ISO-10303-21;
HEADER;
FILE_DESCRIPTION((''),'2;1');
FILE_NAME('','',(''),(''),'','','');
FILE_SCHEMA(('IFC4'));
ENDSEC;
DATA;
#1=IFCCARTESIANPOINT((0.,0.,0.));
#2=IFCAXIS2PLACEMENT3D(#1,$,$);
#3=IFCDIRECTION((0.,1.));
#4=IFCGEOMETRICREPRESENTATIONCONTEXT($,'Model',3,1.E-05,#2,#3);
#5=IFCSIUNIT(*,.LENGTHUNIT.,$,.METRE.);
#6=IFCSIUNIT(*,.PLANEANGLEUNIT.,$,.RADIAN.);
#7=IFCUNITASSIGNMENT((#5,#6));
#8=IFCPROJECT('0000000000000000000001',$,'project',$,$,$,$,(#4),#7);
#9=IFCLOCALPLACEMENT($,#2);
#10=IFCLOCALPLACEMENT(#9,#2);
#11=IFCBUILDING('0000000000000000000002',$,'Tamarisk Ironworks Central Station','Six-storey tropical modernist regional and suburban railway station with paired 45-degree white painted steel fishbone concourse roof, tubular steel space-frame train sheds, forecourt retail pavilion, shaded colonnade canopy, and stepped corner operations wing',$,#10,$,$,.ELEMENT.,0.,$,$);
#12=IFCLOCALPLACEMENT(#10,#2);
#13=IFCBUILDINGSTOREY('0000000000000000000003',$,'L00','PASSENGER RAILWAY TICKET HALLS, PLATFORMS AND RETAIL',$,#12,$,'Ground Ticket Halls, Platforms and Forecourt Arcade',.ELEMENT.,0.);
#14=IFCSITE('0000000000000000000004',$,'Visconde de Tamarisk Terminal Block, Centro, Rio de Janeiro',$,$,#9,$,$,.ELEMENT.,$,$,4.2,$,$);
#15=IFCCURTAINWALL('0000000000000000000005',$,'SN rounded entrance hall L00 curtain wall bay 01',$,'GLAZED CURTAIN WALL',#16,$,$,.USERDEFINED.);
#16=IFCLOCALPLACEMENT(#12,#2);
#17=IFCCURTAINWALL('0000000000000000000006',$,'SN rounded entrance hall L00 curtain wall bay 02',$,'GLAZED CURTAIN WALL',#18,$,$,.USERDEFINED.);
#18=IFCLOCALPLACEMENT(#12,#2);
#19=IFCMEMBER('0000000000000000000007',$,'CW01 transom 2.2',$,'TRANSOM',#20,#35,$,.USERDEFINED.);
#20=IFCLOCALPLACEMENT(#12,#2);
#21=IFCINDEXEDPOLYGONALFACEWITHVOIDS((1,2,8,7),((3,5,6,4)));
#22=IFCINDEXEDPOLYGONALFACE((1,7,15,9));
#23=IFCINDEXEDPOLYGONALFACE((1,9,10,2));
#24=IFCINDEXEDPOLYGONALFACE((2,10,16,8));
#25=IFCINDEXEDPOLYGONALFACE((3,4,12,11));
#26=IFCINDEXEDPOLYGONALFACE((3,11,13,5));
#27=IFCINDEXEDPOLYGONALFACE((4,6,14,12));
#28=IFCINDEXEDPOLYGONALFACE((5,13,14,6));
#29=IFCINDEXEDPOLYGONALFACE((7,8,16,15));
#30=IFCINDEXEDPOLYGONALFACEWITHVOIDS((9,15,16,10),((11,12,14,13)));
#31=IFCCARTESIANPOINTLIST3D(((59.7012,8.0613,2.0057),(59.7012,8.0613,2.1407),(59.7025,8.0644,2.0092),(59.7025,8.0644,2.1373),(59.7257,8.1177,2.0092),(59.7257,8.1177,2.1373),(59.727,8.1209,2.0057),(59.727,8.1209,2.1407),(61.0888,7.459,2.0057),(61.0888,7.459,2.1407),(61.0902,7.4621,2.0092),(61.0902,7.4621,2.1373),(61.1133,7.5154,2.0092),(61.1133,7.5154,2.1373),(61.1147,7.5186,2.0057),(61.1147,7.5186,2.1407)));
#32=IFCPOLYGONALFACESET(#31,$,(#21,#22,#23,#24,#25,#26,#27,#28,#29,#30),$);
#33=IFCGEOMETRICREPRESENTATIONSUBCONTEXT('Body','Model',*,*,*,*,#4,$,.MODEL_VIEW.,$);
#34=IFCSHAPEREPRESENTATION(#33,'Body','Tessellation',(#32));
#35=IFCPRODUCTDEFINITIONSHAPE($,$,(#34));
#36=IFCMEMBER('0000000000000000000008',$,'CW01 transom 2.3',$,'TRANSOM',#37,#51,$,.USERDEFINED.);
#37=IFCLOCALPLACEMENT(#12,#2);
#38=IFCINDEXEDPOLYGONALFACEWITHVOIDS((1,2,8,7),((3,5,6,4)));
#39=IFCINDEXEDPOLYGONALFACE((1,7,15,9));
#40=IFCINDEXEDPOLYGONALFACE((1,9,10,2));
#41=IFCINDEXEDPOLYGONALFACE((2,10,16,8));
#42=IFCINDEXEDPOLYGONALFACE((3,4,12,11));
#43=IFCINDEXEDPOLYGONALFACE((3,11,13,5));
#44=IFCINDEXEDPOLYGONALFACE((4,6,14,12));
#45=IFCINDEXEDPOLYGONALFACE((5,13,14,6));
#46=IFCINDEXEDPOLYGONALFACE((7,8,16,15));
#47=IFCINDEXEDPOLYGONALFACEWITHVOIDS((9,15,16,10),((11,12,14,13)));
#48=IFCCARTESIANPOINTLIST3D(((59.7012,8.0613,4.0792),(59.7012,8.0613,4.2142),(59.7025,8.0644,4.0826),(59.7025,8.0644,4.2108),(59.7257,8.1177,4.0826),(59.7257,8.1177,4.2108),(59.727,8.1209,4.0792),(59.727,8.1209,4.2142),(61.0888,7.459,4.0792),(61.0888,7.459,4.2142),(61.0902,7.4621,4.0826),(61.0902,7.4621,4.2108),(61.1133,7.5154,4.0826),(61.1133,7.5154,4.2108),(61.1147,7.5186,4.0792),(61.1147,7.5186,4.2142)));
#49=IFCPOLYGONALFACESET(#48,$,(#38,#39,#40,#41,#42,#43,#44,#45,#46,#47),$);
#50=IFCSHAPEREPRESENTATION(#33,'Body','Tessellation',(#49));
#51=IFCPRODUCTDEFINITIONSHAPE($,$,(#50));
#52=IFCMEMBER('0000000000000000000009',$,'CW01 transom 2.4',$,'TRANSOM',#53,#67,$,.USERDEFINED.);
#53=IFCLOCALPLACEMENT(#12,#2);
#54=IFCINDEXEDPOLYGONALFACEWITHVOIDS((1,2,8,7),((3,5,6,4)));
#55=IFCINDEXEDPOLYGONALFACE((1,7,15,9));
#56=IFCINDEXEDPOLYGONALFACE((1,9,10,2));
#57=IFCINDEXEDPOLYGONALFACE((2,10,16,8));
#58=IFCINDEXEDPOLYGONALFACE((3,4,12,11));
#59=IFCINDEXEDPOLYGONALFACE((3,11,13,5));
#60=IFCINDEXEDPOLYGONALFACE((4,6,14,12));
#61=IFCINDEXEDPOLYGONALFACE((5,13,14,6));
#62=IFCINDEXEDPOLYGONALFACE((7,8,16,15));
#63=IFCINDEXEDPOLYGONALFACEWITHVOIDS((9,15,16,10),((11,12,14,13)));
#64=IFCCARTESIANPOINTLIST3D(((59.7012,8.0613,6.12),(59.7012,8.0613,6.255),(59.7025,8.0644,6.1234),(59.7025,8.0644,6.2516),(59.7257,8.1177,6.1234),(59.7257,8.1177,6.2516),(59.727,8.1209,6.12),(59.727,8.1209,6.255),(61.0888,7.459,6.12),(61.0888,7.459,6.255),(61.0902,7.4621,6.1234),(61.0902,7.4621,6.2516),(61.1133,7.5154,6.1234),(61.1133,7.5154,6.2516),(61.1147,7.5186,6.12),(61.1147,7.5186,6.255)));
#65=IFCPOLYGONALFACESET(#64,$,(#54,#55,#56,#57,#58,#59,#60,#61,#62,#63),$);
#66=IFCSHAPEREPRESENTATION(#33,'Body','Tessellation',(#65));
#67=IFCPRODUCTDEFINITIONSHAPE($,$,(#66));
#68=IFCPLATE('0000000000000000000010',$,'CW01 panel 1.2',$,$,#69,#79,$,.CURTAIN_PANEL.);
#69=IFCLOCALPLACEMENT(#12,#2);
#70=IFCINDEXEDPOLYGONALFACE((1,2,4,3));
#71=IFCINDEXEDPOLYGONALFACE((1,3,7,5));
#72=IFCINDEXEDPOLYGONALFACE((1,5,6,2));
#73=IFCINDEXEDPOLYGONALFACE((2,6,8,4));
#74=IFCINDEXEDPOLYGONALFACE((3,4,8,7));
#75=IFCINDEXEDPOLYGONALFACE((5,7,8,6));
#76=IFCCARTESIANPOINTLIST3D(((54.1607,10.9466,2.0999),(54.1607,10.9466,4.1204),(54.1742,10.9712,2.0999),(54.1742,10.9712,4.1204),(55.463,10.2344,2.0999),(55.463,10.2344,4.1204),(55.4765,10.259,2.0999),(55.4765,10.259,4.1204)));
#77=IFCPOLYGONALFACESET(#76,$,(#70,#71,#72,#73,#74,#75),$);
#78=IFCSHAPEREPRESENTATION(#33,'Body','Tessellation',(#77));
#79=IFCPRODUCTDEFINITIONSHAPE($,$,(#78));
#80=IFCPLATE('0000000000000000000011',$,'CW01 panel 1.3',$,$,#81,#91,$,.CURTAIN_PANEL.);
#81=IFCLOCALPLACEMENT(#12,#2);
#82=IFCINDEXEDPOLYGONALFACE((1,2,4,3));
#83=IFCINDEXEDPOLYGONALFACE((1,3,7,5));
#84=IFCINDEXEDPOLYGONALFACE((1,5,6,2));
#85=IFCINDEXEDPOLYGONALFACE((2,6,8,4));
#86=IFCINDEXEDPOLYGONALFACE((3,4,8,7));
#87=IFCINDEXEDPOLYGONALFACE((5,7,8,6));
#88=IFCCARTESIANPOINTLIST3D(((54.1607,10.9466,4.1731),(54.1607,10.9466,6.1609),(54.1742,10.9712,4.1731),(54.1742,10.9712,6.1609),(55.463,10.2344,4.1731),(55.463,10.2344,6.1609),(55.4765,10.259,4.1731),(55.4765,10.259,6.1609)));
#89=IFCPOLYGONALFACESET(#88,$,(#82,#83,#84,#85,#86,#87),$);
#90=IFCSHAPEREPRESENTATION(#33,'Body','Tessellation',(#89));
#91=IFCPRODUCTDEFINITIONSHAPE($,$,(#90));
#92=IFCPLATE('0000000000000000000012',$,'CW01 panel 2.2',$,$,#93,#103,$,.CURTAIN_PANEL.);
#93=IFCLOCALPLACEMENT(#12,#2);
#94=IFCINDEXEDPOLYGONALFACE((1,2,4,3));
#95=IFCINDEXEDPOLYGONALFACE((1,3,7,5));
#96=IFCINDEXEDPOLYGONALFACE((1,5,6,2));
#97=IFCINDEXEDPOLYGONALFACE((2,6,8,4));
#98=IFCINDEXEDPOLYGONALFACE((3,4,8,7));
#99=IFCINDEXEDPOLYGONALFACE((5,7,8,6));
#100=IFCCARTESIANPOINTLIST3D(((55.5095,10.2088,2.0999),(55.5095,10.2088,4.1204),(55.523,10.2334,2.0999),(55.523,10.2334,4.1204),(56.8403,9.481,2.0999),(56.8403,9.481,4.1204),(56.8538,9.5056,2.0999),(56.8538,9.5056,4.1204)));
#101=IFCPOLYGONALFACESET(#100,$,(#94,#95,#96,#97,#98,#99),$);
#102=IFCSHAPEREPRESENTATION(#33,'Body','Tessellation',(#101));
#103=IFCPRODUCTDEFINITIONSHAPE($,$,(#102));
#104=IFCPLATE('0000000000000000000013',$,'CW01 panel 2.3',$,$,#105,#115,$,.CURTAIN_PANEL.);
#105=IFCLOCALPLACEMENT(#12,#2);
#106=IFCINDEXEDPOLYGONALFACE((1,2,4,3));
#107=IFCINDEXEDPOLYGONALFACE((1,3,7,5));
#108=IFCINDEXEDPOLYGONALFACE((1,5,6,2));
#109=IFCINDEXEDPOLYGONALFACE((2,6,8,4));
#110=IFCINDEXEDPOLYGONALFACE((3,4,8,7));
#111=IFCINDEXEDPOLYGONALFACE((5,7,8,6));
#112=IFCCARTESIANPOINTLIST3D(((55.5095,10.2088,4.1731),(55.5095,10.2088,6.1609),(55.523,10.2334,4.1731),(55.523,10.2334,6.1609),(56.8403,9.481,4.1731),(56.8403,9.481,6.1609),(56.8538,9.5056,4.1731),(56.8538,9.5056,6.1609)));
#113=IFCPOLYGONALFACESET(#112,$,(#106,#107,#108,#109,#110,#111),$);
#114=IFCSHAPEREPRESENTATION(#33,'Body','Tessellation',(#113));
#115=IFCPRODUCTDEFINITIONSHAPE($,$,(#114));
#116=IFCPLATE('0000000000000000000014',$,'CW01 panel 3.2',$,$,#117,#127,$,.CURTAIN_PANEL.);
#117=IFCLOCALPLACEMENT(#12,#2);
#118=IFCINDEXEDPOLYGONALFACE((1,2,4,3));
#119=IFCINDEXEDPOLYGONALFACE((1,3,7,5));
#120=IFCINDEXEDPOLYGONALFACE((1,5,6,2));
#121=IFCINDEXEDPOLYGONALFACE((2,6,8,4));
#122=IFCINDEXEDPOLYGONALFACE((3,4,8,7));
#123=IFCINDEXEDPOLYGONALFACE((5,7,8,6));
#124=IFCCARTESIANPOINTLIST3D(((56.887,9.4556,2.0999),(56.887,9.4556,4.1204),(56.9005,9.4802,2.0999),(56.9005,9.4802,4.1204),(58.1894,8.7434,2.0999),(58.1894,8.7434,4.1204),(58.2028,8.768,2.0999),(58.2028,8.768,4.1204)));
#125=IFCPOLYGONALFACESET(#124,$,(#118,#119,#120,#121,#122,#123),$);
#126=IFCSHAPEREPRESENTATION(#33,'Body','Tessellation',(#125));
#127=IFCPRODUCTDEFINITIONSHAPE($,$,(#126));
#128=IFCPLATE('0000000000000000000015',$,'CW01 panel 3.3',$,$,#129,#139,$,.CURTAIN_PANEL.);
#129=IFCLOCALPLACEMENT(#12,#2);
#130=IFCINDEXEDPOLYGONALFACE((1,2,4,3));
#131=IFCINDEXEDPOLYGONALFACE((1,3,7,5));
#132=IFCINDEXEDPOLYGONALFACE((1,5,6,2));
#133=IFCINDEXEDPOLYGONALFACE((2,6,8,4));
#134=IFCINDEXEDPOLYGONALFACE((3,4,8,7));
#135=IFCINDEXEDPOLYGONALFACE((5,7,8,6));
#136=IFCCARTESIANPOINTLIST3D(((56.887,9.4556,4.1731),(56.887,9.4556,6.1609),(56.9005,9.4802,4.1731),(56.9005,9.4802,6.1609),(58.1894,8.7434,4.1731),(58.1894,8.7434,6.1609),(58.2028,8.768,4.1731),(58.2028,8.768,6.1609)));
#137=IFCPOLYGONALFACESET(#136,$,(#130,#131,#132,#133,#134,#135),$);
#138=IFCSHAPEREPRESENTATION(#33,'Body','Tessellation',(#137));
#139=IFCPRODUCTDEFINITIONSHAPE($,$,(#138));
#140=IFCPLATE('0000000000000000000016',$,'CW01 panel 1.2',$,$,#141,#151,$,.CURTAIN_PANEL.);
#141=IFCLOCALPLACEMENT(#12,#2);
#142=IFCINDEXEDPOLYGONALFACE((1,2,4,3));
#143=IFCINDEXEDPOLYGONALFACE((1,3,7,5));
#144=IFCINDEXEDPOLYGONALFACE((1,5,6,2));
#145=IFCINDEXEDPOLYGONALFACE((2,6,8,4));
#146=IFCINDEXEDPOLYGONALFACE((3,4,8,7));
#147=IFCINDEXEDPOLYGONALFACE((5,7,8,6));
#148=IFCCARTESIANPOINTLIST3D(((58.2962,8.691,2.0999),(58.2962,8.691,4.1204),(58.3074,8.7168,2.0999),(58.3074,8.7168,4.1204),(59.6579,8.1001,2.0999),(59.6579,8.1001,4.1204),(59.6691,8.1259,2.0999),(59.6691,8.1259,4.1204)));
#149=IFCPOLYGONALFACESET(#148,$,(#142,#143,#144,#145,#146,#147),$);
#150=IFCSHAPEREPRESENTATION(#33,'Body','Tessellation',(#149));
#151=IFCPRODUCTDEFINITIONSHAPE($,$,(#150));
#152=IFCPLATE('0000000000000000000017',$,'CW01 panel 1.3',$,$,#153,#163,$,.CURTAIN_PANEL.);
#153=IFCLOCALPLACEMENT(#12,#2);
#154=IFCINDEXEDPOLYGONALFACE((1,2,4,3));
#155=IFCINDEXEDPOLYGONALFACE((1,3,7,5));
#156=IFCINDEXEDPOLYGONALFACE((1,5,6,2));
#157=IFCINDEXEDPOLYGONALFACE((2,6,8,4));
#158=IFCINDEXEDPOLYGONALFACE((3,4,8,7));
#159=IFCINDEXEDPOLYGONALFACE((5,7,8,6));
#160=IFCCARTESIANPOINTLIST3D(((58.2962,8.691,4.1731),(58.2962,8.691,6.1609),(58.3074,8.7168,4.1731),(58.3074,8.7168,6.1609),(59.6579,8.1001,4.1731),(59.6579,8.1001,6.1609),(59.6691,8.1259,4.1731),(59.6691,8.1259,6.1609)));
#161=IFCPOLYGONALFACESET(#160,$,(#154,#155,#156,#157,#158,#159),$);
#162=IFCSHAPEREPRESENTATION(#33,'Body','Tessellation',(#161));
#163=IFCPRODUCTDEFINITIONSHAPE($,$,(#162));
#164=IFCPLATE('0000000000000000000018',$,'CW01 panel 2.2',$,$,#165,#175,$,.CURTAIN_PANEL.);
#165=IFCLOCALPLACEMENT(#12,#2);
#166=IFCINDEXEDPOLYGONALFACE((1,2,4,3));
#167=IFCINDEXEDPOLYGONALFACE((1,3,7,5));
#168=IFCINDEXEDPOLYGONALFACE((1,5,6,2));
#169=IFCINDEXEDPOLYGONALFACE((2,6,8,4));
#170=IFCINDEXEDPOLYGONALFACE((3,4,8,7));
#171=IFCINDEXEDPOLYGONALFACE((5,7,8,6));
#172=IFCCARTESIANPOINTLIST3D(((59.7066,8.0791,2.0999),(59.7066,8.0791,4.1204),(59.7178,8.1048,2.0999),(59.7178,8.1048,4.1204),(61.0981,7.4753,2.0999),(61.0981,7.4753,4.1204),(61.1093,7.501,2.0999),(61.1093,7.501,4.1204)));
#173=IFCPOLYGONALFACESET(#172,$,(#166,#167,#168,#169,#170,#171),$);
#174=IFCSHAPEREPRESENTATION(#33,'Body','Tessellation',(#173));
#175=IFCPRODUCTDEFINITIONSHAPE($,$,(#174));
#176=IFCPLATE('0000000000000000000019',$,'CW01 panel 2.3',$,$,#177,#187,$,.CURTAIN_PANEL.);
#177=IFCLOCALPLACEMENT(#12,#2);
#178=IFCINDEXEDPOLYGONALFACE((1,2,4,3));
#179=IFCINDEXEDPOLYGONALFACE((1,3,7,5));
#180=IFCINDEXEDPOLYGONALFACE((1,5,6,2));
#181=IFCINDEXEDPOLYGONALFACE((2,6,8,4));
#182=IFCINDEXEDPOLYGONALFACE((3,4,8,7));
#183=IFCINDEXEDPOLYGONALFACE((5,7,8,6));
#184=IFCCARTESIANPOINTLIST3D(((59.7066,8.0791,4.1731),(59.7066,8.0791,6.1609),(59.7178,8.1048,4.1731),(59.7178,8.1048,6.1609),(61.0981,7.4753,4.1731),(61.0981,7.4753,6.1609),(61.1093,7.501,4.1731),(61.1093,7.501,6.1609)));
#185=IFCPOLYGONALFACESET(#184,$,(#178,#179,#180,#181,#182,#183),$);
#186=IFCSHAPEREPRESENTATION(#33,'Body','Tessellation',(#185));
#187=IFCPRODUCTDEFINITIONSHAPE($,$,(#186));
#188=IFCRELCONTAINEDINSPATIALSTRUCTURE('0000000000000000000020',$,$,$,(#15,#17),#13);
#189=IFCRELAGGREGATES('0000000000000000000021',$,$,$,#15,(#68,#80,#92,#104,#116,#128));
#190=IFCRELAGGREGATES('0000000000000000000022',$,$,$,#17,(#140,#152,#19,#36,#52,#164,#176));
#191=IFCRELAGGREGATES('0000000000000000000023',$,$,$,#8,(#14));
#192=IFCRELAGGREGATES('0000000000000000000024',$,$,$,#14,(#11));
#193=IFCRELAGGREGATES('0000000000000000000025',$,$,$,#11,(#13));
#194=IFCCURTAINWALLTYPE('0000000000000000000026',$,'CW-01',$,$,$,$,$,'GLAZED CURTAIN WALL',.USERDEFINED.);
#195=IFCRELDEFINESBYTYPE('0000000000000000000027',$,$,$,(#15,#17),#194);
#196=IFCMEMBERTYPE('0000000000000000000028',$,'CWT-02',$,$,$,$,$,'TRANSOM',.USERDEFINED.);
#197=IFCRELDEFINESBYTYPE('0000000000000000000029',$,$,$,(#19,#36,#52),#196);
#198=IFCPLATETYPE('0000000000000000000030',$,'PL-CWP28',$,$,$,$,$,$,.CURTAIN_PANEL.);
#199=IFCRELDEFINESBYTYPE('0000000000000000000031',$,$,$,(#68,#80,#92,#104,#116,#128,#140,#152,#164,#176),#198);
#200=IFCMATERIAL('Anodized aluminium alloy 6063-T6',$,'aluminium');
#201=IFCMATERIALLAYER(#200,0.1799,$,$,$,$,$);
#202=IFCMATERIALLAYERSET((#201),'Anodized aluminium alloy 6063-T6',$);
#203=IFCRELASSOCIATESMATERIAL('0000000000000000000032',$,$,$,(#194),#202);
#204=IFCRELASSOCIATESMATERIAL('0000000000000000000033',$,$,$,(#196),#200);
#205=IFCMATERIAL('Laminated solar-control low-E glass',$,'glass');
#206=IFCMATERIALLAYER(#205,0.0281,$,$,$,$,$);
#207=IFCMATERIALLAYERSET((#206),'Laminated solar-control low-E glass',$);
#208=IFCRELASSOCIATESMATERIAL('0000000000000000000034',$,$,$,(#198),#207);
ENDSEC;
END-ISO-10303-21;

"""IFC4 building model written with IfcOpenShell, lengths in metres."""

from ifc_helpers import new_model, si_unit, direction, frame, origin, origin_2d, place, context, subcontext, project, spatial, rectangle, hollow_rectangle, extrude, material, layer, layer_set, material_profile, profile_set, type_object, element, aggregate, save


model = new_model("IFC4")

# Units and contexts
model_context = context("Model", 3, precision=1e-05, world=origin(), true_north=direction((0.0, 1.0)))
body_context = subcontext(model_context, "Body", "Model", "MODEL_VIEW")
ifc_project = project(units=[si_unit("LENGTHUNIT", "METRE"), si_unit("PLANEANGLEUNIT", "RADIAN")], contexts=[model_context])

# Site, building, storey
site_placement = place(None, origin())
site = spatial("IfcSite", under=ifc_project, at=site_placement, Name="Visconde de Tamarisk Terminal Block, Centro, Rio de Janeiro", CompositionType="ELEMENT", RefElevation=4.2)
building_placement = place(site_placement, origin())
building = spatial("IfcBuilding", under=site, at=building_placement, Name="Tamarisk Ironworks Central Station", Description="Six-storey tropical modernist regional and suburban railway station with paired 45-degree white painted steel fishbone concourse roof, tubular steel space-frame train sheds, forecourt retail pavilion, shaded colonnade canopy, and stepped corner operations wing", CompositionType="ELEMENT", ElevationOfRefHeight=0.0)
storey_placement = place(building_placement, origin())
storey = spatial("IfcBuildingStorey", under=building, at=storey_placement, Name="L00", Description="PASSENGER RAILWAY TICKET HALLS, PLATFORMS AND RETAIL", LongName="Ground Ticket Halls, Platforms and Forecourt Arcade", CompositionType="ELEMENT", Elevation=0.0)

# Curtain walls, members
ifc_material_1 = material(Name="Anodized aluminium alloy 6063-T6", Category="aluminium")
ifc_layer_1 = layer(ifc_material_1, 0.1799)
ifc_layer_set_1 = layer_set([ifc_layer_1], Name="Anodized aluminium alloy 6063-T6")
curtain_wall_type = type_object("IfcCurtainWallType", Name="CW-01", ElementType="GLAZED CURTAIN WALL", PredefinedType="USERDEFINED", material=ifc_layer_set_1)
curtain_wall_1_placement = place(storey_placement, origin())
curtain_wall_1 = element("IfcCurtainWall", 1, at=curtain_wall_1_placement, inside=storey, type_object=curtain_wall_type, Name="SN rounded entrance hall L00 curtain wall bay 01", ObjectType="GLAZED CURTAIN WALL", PredefinedType="USERDEFINED")
ifc_material_profile = material_profile(ifc_material_1, hollow_rectangle(XDim=0.0649, YDim=0.135, WallThickness=0.0034, at=origin_2d()), Name="ALUM 135x65")
ifc_profile_set = profile_set([ifc_material_profile], Name="Anodized aluminium alloy 6063-T6")
member_type = type_object("IfcMemberType", Name="CWT-02", ElementType="TRANSOM", PredefinedType="USERDEFINED", material=ifc_profile_set)
curtain_wall_2_placement = place(storey_placement, origin())
curtain_wall_2 = element("IfcCurtainWall", 2, at=curtain_wall_2_placement, inside=storey, type_object=curtain_wall_type, Name="SN rounded entrance hall L00 curtain wall bay 02", ObjectType="GLAZED CURTAIN WALL", PredefinedType="USERDEFINED")
member_1_placement = place(storey_placement, frame((59.7141, 8.0911, 2.0732), z_axis=(0.917324, -0.398142, 0.0), x_axis=(0.398142, 0.917324, 0.0)))
member_1 = element("IfcMember", 3, at=member_1_placement, type_object=member_type, Name="CW01 transom 2.2", ObjectType="TRANSOM", PredefinedType="USERDEFINED", context=body_context, shape_type="SweptSolid", body=[
    extrude(hollow_rectangle(XDim=0.0649, YDim=0.135, WallThickness=0.0034, at=origin_2d()), origin(), (0.0, 0.0, 1.0), 1.5127),
])
member_2_placement = place(storey_placement, frame((59.7141, 8.0911, 4.1467), z_axis=(0.917324, -0.398142, 0.0), x_axis=(0.398142, 0.917324, 0.0)))
member_2 = element("IfcMember", 4, at=member_2_placement, type_object=member_type, Name="CW01 transom 2.3", ObjectType="TRANSOM", PredefinedType="USERDEFINED", context=body_context, shape_type="SweptSolid", body=[
    extrude(hollow_rectangle(XDim=0.0649, YDim=0.135, WallThickness=0.0034, at=origin_2d()), origin(), (0.0, 0.0, 1.0), 1.5127),
])
member_3_placement = place(storey_placement, frame((59.7141, 8.0911, 6.1875), z_axis=(0.917324, -0.398142, 0.0), x_axis=(0.398142, 0.917324, 0.0)))
member_3 = element("IfcMember", 5, at=member_3_placement, type_object=member_type, Name="CW01 transom 2.4", ObjectType="TRANSOM", PredefinedType="USERDEFINED", context=body_context, shape_type="SweptSolid", body=[
    extrude(hollow_rectangle(XDim=0.0649, YDim=0.135, WallThickness=0.0034, at=origin_2d()), origin(), (0.0, 0.0, 1.0), 1.5127),
])

# Plates
ifc_material_2 = material(Name="Laminated solar-control low-E glass", Category="glass")
ifc_layer_2 = layer(ifc_material_2, 0.0281)
ifc_layer_set_2 = layer_set([ifc_layer_2], Name="Laminated solar-control low-E glass")
plate_type = type_object("IfcPlateType", Name="PL-CWP28", PredefinedType="CURTAIN_PANEL", material=ifc_layer_set_2)
plate_1_placement = place(storey_placement, frame((54.8186, 10.6028, 2.0999), z_axis=(0.0, 0.0, 1.0), x_axis=(0.877375, -0.479805, 0.0)))
plate_1 = element("IfcPlate", 6, at=plate_1_placement, type_object=plate_type, Name="CW01 panel 1.2", PredefinedType="CURTAIN_PANEL", context=body_context, shape_type="SweptSolid", body=[
    extrude(rectangle(XDim=1.4844, YDim=0.0281, at=origin_2d()), origin(), (0.0, 0.0, 1.0), 2.0205),
])
plate_2_placement = place(storey_placement, frame((54.8186, 10.6028, 4.1731), z_axis=(0.0, 0.0, 1.0), x_axis=(0.877375, -0.479805, 0.0)))
plate_2 = element("IfcPlate", 7, at=plate_2_placement, type_object=plate_type, Name="CW01 panel 1.3", PredefinedType="CURTAIN_PANEL", context=body_context, shape_type="SweptSolid", body=[
    extrude(rectangle(XDim=1.4844, YDim=0.0281, at=origin_2d()), origin(), (0.0, 0.0, 1.0), 1.9878),
])
plate_3_placement = place(storey_placement, frame((56.1816, 9.8572, 2.0999), z_axis=(0.0, 0.0, 1.0), x_axis=(0.877375, -0.479805, 0.0)))
plate_3 = element("IfcPlate", 8, at=plate_3_placement, type_object=plate_type, Name="CW01 panel 2.2", PredefinedType="CURTAIN_PANEL", context=body_context, shape_type="SweptSolid", body=[
    extrude(rectangle(XDim=1.5168, YDim=0.0281, at=origin_2d()), origin(), (0.0, 0.0, 1.0), 2.0205),
])
plate_4_placement = place(storey_placement, frame((56.1816, 9.8572, 4.1731), z_axis=(0.0, 0.0, 1.0), x_axis=(0.877375, -0.479805, 0.0)))
plate_4 = element("IfcPlate", 9, at=plate_4_placement, type_object=plate_type, Name="CW01 panel 2.3", PredefinedType="CURTAIN_PANEL", context=body_context, shape_type="SweptSolid", body=[
    extrude(rectangle(XDim=1.5168, YDim=0.0281, at=origin_2d()), origin(), (0.0, 0.0, 1.0), 1.9878),
])
plate_5_placement = place(storey_placement, frame((57.5449, 9.1118, 2.0999), z_axis=(0.0, 0.0, 1.0), x_axis=(0.877375, -0.479805, 0.0)))
plate_5 = element("IfcPlate", 10, at=plate_5_placement, type_object=plate_type, Name="CW01 panel 3.2", PredefinedType="CURTAIN_PANEL", context=body_context, shape_type="SweptSolid", body=[
    extrude(rectangle(XDim=1.4844, YDim=0.0281, at=origin_2d()), origin(), (0.0, 0.0, 1.0), 2.0205),
])
plate_6_placement = place(storey_placement, frame((57.5449, 9.1118, 4.1731), z_axis=(0.0, 0.0, 1.0), x_axis=(0.877375, -0.479805, 0.0)))
plate_6 = element("IfcPlate", 11, at=plate_6_placement, type_object=plate_type, Name="CW01 panel 3.3", PredefinedType="CURTAIN_PANEL", context=body_context, shape_type="SweptSolid", body=[
    extrude(rectangle(XDim=1.4844, YDim=0.0281, at=origin_2d()), origin(), (0.0, 0.0, 1.0), 1.9878),
])
aggregate(curtain_wall_1, [plate_1, plate_2, plate_3, plate_4, plate_5, plate_6])
plate_7_placement = place(storey_placement, frame((58.9827, 8.4084, 2.0999), z_axis=(0.0, 0.0, 1.0), x_axis=(0.917352, -0.398077, 0.0)))
plate_7 = element("IfcPlate", 12, at=plate_7_placement, type_object=plate_type, Name="CW01 panel 1.2", PredefinedType="CURTAIN_PANEL", context=body_context, shape_type="SweptSolid", body=[
    extrude(rectangle(XDim=1.4844, YDim=0.0281, at=origin_2d()), origin(), (0.0, 0.0, 1.0), 2.0205),
])
plate_8_placement = place(storey_placement, frame((58.9827, 8.4084, 4.1731), z_axis=(0.0, 0.0, 1.0), x_axis=(0.917352, -0.398077, 0.0)))
plate_8 = element("IfcPlate", 13, at=plate_8_placement, type_object=plate_type, Name="CW01 panel 1.3", PredefinedType="CURTAIN_PANEL", context=body_context, shape_type="SweptSolid", body=[
    extrude(rectangle(XDim=1.4844, YDim=0.0281, at=origin_2d()), origin(), (0.0, 0.0, 1.0), 1.9878),
])
plate_9_placement = place(storey_placement, frame((60.408, 7.79, 2.0999), z_axis=(0.0, 0.0, 1.0), x_axis=(0.917352, -0.398077, 0.0)))
plate_9 = element("IfcPlate", 14, at=plate_9_placement, type_object=plate_type, Name="CW01 panel 2.2", PredefinedType="CURTAIN_PANEL", context=body_context, shape_type="SweptSolid", body=[
    extrude(rectangle(XDim=1.5168, YDim=0.0281, at=origin_2d()), origin(), (0.0, 0.0, 1.0), 2.0205),
])
plate_10_placement = place(storey_placement, frame((60.408, 7.79, 4.1731), z_axis=(0.0, 0.0, 1.0), x_axis=(0.917352, -0.398077, 0.0)))
plate_10 = element("IfcPlate", 15, at=plate_10_placement, type_object=plate_type, Name="CW01 panel 2.3", PredefinedType="CURTAIN_PANEL", context=body_context, shape_type="SweptSolid", body=[
    extrude(rectangle(XDim=1.5168, YDim=0.0281, at=origin_2d()), origin(), (0.0, 0.0, 1.0), 1.9878),
])
aggregate(curtain_wall_2, [plate_7, plate_8, member_1, member_2, member_3, plate_9, plate_10])

save(model, "model.ifc")
